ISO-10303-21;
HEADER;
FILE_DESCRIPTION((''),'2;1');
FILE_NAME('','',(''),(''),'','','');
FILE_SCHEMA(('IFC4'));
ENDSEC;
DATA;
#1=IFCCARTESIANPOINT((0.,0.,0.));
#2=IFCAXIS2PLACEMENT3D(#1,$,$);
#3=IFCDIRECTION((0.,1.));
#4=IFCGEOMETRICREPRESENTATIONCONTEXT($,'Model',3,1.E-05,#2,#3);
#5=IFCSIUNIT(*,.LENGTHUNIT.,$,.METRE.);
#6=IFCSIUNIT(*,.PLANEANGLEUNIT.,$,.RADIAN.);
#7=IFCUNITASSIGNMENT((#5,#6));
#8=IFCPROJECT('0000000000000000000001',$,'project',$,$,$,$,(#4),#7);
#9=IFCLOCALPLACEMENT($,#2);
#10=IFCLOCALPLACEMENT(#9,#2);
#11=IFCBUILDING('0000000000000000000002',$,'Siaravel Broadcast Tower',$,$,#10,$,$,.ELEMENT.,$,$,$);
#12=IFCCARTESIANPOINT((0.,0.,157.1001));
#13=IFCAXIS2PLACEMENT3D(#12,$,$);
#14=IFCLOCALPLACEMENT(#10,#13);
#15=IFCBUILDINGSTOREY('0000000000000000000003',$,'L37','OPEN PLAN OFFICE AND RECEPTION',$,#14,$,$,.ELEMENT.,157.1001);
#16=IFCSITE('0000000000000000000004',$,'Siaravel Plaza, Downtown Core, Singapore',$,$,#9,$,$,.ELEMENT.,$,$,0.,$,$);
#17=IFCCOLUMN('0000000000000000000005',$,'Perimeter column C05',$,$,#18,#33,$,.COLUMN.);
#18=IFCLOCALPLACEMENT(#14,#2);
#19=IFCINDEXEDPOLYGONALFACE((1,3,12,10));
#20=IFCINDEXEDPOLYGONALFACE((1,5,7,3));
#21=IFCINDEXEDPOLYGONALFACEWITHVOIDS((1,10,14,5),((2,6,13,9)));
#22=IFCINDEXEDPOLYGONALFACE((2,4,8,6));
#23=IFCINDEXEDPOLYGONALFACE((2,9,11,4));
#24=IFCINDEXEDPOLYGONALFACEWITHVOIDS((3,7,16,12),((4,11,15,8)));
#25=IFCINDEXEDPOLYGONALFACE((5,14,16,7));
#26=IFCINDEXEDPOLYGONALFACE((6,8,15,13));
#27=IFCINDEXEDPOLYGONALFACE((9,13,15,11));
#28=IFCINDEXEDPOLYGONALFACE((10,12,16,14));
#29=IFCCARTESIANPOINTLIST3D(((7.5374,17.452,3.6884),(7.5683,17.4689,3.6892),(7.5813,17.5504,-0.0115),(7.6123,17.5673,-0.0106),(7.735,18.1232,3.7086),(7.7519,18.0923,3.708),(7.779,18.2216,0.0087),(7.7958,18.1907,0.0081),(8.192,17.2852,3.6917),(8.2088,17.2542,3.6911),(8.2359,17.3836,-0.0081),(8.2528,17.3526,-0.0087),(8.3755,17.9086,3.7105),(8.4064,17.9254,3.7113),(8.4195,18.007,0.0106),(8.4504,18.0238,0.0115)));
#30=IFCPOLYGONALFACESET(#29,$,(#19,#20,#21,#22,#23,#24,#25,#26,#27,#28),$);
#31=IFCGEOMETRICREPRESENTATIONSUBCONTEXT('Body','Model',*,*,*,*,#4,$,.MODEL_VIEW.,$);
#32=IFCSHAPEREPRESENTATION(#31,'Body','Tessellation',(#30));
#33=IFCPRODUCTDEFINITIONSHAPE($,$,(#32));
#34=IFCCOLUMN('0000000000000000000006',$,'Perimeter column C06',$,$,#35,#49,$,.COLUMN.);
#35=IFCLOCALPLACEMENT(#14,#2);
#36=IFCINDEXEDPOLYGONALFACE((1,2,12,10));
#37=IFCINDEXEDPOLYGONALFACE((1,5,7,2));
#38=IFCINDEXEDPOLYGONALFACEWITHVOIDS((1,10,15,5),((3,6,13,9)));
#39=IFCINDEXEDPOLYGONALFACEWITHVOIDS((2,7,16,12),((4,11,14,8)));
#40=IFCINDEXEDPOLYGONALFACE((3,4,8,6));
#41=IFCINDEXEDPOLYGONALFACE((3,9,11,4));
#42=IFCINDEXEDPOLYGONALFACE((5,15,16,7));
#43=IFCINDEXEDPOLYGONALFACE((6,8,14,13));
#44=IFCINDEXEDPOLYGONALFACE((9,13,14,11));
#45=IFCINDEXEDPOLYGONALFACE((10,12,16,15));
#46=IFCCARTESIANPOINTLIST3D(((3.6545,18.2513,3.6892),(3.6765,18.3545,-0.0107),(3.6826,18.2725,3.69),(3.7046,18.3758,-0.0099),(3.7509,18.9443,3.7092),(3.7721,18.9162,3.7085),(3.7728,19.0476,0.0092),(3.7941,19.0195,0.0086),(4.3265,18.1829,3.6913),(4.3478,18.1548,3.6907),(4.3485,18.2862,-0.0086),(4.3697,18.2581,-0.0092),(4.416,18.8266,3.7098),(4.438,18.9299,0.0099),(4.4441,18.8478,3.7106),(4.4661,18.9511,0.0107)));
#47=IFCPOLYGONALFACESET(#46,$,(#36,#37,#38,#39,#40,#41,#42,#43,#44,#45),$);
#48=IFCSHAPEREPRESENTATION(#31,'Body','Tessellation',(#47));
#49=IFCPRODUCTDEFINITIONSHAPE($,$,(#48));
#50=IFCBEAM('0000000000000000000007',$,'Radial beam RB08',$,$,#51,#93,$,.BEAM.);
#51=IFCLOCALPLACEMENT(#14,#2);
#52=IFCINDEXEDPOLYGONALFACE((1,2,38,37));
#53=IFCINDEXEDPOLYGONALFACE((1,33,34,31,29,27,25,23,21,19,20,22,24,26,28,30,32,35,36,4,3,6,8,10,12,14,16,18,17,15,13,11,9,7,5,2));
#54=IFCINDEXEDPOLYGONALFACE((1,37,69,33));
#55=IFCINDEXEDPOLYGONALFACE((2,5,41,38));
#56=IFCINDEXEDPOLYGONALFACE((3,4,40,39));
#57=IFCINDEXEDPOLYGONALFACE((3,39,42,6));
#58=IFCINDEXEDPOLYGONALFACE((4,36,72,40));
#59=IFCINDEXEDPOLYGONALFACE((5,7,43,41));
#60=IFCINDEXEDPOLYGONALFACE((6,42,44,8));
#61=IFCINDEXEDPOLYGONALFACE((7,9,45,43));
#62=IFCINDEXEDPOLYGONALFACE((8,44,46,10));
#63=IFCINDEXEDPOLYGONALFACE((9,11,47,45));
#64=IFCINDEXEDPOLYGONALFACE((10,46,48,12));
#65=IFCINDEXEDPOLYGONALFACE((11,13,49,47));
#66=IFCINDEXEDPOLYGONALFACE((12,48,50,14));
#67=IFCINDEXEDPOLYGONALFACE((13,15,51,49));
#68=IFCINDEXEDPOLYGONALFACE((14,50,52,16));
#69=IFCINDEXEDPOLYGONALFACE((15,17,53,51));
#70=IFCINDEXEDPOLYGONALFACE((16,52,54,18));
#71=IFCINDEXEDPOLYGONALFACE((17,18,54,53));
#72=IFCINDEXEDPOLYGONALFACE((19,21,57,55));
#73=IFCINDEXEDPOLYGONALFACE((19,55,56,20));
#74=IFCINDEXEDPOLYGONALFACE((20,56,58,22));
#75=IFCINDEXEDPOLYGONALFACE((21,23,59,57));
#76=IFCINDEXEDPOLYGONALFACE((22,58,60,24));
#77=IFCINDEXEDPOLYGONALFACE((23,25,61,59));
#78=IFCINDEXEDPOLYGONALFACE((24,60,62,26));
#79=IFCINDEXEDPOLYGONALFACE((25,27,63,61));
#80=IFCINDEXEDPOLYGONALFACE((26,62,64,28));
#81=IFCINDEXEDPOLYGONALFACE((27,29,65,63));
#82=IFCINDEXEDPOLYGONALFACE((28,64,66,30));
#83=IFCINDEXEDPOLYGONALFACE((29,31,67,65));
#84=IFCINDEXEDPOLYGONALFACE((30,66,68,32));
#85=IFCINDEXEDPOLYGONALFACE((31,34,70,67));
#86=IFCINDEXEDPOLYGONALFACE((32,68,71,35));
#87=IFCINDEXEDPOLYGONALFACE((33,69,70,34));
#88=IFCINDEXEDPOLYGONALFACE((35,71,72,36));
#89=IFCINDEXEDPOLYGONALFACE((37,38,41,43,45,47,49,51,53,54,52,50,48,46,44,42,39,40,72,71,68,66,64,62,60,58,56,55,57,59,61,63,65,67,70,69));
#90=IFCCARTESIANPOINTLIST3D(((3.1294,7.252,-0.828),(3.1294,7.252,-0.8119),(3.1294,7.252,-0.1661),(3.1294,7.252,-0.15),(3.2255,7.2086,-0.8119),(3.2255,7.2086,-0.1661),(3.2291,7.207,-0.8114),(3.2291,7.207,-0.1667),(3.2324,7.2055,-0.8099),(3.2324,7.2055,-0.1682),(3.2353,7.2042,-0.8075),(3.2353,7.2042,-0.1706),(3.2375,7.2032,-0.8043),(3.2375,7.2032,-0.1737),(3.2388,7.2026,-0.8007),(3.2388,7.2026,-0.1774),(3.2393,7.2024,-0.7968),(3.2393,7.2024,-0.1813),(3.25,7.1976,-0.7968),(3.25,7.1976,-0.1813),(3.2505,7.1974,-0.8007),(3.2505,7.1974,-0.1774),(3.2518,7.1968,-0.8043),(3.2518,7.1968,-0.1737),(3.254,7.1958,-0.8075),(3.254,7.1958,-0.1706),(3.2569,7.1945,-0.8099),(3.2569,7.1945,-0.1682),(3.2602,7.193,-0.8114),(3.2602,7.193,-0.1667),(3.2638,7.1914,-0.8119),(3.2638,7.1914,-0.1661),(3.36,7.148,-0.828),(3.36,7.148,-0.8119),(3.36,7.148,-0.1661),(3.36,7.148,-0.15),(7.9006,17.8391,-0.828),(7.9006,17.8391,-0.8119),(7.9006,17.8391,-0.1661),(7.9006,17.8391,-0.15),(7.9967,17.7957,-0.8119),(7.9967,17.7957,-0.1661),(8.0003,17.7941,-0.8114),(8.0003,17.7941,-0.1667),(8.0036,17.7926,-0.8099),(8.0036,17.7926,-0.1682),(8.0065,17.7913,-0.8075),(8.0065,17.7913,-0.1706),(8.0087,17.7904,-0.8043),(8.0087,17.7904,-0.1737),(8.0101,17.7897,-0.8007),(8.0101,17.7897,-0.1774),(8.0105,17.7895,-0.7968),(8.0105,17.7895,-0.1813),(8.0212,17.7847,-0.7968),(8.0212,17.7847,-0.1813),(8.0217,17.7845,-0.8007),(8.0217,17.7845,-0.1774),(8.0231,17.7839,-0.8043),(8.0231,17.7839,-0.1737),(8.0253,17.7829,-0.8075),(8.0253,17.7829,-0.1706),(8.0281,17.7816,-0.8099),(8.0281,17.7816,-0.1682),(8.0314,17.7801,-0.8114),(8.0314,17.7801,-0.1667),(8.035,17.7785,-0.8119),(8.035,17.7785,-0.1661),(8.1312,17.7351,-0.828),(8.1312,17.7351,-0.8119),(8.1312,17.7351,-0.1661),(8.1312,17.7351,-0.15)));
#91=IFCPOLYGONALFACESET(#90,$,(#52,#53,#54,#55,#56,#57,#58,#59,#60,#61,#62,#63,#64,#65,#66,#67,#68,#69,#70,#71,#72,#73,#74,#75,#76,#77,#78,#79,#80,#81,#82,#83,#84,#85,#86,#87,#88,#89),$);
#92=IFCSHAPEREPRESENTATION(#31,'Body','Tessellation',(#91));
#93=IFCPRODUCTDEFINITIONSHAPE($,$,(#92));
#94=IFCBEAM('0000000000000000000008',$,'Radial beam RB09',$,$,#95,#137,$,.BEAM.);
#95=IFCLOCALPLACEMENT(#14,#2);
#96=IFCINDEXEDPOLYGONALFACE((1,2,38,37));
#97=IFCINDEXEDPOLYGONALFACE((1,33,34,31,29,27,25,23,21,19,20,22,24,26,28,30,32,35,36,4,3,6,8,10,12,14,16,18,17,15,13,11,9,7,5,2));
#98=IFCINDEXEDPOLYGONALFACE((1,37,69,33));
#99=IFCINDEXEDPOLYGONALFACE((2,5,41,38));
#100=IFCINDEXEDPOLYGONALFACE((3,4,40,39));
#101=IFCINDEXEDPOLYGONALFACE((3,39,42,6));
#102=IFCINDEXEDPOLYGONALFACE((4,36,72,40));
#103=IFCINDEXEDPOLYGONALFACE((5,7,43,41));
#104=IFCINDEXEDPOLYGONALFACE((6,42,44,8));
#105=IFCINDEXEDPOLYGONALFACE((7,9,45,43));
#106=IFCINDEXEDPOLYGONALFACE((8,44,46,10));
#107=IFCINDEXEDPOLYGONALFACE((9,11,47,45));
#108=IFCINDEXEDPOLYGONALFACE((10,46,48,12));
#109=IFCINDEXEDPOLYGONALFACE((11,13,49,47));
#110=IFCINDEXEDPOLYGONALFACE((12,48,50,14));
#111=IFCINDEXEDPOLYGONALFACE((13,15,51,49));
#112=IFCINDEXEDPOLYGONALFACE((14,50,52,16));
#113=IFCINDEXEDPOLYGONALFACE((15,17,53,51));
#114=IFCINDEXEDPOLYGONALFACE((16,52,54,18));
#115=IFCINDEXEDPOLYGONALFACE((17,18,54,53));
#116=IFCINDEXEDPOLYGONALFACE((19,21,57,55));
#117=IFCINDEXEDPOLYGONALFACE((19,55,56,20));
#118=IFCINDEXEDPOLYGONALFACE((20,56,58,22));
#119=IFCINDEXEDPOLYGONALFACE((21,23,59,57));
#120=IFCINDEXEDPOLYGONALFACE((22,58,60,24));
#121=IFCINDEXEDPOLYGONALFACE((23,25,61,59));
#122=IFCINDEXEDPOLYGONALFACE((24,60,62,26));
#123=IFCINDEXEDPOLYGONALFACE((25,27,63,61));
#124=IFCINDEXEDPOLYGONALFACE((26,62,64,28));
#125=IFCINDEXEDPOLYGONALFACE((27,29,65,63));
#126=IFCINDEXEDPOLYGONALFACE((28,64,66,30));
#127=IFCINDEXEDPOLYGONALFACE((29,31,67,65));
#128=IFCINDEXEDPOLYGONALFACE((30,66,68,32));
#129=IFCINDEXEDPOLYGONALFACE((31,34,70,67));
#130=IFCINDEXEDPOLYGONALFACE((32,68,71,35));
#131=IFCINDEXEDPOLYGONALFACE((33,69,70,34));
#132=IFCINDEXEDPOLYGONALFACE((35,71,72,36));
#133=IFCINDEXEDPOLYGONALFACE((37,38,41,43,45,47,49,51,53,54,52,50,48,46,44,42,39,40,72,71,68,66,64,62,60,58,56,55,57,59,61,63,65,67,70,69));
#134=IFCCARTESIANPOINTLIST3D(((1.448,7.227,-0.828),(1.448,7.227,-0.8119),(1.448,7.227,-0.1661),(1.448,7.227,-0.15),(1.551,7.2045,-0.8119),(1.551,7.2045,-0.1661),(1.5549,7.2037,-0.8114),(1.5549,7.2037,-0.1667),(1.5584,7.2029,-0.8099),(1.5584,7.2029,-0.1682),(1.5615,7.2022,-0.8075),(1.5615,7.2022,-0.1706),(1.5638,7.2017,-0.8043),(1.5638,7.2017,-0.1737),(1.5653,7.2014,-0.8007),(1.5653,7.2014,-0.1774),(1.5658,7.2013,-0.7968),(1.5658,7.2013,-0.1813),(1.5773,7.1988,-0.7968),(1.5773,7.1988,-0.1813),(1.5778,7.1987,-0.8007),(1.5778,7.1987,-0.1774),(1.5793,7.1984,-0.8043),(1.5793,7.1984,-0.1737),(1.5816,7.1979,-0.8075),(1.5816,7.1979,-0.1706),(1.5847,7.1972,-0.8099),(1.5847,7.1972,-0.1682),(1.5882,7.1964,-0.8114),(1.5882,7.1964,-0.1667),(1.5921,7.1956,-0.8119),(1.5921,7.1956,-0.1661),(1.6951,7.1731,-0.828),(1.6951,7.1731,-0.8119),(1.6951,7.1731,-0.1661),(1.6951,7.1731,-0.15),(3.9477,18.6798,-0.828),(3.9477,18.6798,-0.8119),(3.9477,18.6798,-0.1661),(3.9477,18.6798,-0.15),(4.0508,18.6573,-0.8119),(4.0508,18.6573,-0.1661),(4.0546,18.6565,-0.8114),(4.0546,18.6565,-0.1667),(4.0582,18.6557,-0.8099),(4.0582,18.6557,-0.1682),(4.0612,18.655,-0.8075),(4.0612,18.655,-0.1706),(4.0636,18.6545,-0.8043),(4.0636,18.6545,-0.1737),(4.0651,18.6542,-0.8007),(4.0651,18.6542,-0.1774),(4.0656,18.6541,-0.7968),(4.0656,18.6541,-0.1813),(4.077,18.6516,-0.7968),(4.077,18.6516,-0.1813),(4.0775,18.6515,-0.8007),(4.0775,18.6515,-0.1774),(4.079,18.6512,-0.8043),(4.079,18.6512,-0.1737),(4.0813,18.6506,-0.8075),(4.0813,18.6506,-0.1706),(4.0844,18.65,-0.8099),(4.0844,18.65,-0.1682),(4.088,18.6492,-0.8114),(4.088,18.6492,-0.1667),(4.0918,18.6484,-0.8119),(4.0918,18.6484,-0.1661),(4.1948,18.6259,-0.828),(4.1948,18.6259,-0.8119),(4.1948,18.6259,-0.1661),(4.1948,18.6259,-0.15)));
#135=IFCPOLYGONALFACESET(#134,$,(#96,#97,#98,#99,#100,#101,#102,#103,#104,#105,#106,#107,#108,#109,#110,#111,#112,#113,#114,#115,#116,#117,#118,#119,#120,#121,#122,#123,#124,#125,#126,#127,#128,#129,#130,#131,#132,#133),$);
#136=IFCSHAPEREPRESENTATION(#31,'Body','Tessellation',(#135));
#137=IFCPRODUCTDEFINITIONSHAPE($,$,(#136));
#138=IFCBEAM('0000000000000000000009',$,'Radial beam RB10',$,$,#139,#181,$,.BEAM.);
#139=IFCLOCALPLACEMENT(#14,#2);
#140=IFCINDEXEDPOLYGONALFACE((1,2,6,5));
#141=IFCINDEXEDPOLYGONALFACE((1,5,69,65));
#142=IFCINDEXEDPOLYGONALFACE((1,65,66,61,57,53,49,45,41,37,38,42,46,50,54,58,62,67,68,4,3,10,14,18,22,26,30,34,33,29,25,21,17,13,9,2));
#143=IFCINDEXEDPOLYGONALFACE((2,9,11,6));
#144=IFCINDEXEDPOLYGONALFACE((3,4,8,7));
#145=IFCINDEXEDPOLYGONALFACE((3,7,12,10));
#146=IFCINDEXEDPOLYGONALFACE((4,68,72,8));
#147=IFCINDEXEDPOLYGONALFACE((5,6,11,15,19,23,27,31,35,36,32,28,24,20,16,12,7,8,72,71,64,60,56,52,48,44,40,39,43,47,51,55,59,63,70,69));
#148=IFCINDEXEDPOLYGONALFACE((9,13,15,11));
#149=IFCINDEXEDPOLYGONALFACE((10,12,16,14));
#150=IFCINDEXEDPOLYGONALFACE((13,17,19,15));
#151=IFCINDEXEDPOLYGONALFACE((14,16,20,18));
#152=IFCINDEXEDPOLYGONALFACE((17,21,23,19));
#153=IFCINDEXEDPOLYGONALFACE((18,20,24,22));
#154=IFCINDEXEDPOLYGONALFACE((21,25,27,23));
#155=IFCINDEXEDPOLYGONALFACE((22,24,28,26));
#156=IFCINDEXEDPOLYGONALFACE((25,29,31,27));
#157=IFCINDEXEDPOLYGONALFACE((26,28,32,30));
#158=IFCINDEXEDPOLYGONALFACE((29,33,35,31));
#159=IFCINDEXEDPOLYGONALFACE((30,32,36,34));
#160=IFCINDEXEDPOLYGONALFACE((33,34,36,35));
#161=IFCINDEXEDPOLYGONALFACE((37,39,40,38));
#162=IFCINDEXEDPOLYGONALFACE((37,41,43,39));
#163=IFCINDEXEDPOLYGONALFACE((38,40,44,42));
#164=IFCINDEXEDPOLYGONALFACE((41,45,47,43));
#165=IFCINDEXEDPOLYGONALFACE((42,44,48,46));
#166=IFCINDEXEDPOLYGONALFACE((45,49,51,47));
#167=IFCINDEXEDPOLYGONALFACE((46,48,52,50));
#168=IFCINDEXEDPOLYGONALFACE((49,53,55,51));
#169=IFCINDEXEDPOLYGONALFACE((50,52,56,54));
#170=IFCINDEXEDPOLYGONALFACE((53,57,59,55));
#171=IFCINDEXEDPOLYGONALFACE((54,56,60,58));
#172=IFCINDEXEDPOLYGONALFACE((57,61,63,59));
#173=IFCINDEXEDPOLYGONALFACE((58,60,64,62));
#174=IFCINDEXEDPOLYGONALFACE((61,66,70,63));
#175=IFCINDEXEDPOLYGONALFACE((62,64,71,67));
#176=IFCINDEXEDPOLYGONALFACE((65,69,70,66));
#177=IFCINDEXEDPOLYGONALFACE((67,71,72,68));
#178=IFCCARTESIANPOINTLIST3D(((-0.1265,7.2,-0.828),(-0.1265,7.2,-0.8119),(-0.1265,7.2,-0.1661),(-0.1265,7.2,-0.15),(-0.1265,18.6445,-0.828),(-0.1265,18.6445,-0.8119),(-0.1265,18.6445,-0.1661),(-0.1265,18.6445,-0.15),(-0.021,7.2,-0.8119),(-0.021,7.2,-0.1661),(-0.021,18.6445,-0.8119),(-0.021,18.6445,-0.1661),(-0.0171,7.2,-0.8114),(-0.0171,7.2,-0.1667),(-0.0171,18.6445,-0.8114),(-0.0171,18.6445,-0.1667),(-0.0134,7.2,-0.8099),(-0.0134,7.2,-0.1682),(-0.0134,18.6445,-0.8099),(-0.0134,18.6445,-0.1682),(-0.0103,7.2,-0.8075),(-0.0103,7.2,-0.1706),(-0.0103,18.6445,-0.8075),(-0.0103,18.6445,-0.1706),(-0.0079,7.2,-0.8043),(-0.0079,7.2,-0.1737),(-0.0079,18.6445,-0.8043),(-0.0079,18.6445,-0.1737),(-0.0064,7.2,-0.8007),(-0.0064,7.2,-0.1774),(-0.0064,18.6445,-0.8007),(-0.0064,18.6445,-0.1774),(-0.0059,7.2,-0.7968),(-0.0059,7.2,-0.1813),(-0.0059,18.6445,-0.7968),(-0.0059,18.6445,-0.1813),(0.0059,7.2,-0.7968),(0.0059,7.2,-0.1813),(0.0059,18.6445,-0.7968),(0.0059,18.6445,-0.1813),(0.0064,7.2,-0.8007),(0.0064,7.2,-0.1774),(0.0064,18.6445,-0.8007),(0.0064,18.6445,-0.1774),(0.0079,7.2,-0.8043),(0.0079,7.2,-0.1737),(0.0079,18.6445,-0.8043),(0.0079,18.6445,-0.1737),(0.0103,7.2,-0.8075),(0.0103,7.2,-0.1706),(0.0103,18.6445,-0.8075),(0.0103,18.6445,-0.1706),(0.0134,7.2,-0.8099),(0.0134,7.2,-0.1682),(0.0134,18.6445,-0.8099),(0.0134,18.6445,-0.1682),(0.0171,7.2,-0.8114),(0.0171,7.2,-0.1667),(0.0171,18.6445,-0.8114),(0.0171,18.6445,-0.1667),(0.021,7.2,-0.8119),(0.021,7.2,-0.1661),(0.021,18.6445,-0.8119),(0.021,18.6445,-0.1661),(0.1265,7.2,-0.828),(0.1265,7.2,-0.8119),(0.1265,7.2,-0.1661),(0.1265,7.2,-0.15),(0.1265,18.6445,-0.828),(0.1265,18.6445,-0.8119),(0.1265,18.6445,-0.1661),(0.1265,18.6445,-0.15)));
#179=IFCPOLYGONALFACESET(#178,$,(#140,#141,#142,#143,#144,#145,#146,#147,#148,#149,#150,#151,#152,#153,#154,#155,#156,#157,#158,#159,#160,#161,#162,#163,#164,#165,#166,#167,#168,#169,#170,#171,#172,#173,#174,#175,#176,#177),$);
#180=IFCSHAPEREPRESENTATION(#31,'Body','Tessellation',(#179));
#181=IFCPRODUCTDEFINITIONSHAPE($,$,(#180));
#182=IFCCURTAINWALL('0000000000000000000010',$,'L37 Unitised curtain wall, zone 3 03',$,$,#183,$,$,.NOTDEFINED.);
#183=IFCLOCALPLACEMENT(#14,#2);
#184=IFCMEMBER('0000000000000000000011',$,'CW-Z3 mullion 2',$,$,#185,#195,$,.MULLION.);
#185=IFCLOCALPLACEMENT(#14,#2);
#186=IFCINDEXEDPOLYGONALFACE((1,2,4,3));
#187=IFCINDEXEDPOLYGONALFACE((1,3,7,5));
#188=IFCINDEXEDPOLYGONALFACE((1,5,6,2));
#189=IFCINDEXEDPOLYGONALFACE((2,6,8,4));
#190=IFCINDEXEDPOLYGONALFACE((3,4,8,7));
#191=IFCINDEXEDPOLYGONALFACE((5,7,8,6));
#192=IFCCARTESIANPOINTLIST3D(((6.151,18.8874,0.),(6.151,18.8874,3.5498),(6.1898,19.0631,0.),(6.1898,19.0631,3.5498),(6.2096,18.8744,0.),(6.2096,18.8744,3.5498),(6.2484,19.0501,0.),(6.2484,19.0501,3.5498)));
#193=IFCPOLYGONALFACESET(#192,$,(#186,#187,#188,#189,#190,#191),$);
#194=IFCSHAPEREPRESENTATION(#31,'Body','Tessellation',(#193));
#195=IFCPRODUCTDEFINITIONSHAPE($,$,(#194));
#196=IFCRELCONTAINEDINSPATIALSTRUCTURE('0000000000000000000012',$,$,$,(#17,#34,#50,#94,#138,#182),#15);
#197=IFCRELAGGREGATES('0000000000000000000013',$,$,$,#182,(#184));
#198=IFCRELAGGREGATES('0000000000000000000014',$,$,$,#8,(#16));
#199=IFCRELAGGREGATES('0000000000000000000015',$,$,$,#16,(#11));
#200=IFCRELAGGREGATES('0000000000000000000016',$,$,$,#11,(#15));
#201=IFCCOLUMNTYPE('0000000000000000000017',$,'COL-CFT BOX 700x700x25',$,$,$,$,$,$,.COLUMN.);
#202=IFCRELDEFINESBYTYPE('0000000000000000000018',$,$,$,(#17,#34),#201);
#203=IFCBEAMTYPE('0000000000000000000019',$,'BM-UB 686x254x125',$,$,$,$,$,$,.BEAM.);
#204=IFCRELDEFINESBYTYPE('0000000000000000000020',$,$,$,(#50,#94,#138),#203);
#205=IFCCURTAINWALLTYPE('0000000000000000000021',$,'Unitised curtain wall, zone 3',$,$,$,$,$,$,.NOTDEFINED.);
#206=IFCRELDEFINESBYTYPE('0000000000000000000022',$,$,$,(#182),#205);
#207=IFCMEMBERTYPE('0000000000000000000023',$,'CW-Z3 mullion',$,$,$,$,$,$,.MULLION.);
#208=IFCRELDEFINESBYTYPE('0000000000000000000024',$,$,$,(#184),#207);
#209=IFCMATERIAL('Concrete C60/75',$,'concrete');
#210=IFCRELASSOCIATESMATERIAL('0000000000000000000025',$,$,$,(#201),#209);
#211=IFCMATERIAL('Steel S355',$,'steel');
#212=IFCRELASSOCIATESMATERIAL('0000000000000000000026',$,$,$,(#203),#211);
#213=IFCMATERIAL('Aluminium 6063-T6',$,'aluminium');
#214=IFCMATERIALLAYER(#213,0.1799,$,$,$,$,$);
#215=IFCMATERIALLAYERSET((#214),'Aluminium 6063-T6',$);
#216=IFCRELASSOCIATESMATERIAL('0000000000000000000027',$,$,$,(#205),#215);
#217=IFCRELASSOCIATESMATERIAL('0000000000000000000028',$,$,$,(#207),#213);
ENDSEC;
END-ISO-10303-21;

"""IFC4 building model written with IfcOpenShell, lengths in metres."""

from ifc_helpers import new_model, si_unit, direction, frame, origin, origin_2d, place, context, subcontext, project, spatial, rectangle, hollow_rectangle, i_section, extrude, material, layer, layer_set, material_profile, profile_set, type_object, element, aggregate, save


model = new_model("IFC4")

# Units and contexts
model_context = context("Model", 3, precision=1e-05, world=origin(), true_north=direction((0.0, 1.0)))
body_context = subcontext(model_context, "Body", "Model", "MODEL_VIEW")
ifc_project = project(units=[si_unit("LENGTHUNIT", "METRE"), si_unit("PLANEANGLEUNIT", "RADIAN")], contexts=[model_context])

# Site, building, storey
site_placement = place(None, origin())
site = spatial("IfcSite", under=ifc_project, at=site_placement, Name="Siaravel Plaza, Downtown Core, Singapore", CompositionType="ELEMENT", RefElevation=0.0)
building_placement = place(site_placement, origin())
building = spatial("IfcBuilding", under=site, at=building_placement, Name="Siaravel Broadcast Tower", CompositionType="ELEMENT")
storey_placement = place(building_placement, frame((0.0, 0.0, 157.1001)))
storey = spatial("IfcBuildingStorey", under=building, at=storey_placement, Name="L37", Description="OPEN PLAN OFFICE AND RECEPTION", CompositionType="ELEMENT", Elevation=157.1001)

# Columns
ifc_material_1 = material(Name="Concrete C60/75", Category="concrete")
ifc_material_profile_1 = material_profile(ifc_material_1, hollow_rectangle(XDim=0.7, YDim=0.7, WallThickness=0.0249, at=origin_2d()))
ifc_profile_set_1 = profile_set([ifc_material_profile_1], Name="Concrete C60/75")
column_type = type_object("IfcColumnType", Name="COL-CFT BOX 700x700x25", PredefinedType="COLUMN", material=ifc_profile_set_1)
for number, where, z_axis, x_axis, name in (
    (1, (8.0159, 17.7871, 0.0), (-0.011872, -0.026581, 0.999576), (0.959242, -0.282559, 0.003879), "Perimeter column C05"),
    (2, (4.0713, 18.6528, 0.0), (-0.005936, -0.0279, 0.999593), (0.990461, -0.137775, 0.002036), "Perimeter column C06"),
):
    element("IfcColumn", number, at=place(storey_placement, frame(where, z_axis=z_axis, x_axis=x_axis)), inside=storey, type_object=column_type, Name=name, PredefinedType="COLUMN", context=body_context, shape_type="SweptSolid", body=[
        extrude(hollow_rectangle(XDim=0.7, YDim=0.7, WallThickness=0.0249, at=origin_2d()), origin(), (0.0, 0.0, 1.0), 3.7014),
    ])

# Beams
ifc_material_2 = material(Name="Steel S355", Category="steel")
ifc_material_profile_2 = material_profile(ifc_material_2, i_section(OverallWidth=0.2529, OverallDepth=0.678, WebThickness=0.0117, FlangeThickness=0.0161, FilletRadius=0.0151, at=origin_2d()))
ifc_profile_set_2 = profile_set([ifc_material_profile_2], Name="Steel S355")
beam_type = type_object("IfcBeamType", Name="BM-UB 686x254x125", PredefinedType="BEAM", material=ifc_profile_set_2)
beam_1_placement = place(storey_placement, frame((8.0159, 17.7871, -0.489), z_axis=(-0.410867, -0.911695, 0.0), x_axis=(0.911695, -0.410867, 0.0)))
element("IfcBeam", 3, at=beam_1_placement, inside=storey, type_object=beam_type, Name="Radial beam RB08", PredefinedType="BEAM", context=body_context, shape_type="SweptSolid", body=[
    extrude(i_section(OverallWidth=0.2529, OverallDepth=0.678, WebThickness=0.0117, FlangeThickness=0.0161, FilletRadius=0.0151, at=origin_2d()), origin(), (0.0, 0.0, 1.0), 11.6125),
])
beam_2_placement = place(storey_placement, frame((4.0713, 18.6528, -0.489), z_axis=(-0.213244, -0.976999, 0.0), x_axis=(0.976999, -0.213244, 0.0)))
element("IfcBeam", 4, at=beam_2_placement, inside=storey, type_object=beam_type, Name="Radial beam RB09", PredefinedType="BEAM", context=body_context, shape_type="SweptSolid", body=[
    extrude(i_section(OverallWidth=0.2529, OverallDepth=0.678, WebThickness=0.0117, FlangeThickness=0.0161, FilletRadius=0.0151, at=origin_2d()), origin(), (0.0, 0.0, 1.0), 11.7224),
])
beam_3_placement = place(storey_placement, frame((0.0, 18.6445, -0.489), z_axis=(0.0, -1.0, 0.0), x_axis=(1.0, 0.0, 0.0)))
element("IfcBeam", 5, at=beam_3_placement, inside=storey, type_object=beam_type, Name="Radial beam RB10", PredefinedType="BEAM", context=body_context, shape_type="SweptSolid", body=[
    extrude(i_section(OverallWidth=0.2529, OverallDepth=0.678, WebThickness=0.0117, FlangeThickness=0.0161, FilletRadius=0.0151, at=origin_2d()), origin(), (0.0, 0.0, 1.0), 11.4446),
])

# Curtain wall, member
ifc_material_3 = material(Name="Aluminium 6063-T6", Category="aluminium")
ifc_layer_1 = layer(ifc_material_3, 0.1799)
ifc_layer_set_1 = layer_set([ifc_layer_1], Name="Aluminium 6063-T6")
curtain_wall_type = type_object("IfcCurtainWallType", Name="Unitised curtain wall, zone 3", PredefinedType="NOTDEFINED", material=ifc_layer_set_1)
curtain_wall_placement = place(storey_placement, origin())
curtain_wall = element("IfcCurtainWall", 6, at=curtain_wall_placement, inside=storey, type_object=curtain_wall_type, Name="L37 Unitised curtain wall, zone 3 03", PredefinedType="NOTDEFINED")
ifc_material_profile_3 = material_profile(ifc_material_3, rectangle(XDim=0.1799, YDim=0.0601, at=origin_2d()))
ifc_profile_set_3 = profile_set([ifc_material_profile_3], Name="Aluminium 6063-T6")
member_type_1 = type_object("IfcMemberType", Name="CW-Z3 mullion", PredefinedType="MULLION", material=ifc_profile_set_3)
member_1_placement = place(storey_placement, frame((6.1997, 18.9688, 0.0), z_axis=(0.0, 0.0, 1.0), x_axis=(-0.215559, -0.976491, 0.0)))
member_1 = element("IfcMember", 7, at=member_1_placement, type_object=member_type_1, Name="CW-Z3 mullion 2", PredefinedType="MULLION", context=body_context, shape_type="SweptSolid", body=[
    extrude(rectangle(XDim=0.1799, YDim=0.0601, at=origin_2d()), origin(), (0.0, 0.0, 1.0), 3.5498),
])

aggregate(curtain_wall, [member_1])

save(model, "model.ifc")
